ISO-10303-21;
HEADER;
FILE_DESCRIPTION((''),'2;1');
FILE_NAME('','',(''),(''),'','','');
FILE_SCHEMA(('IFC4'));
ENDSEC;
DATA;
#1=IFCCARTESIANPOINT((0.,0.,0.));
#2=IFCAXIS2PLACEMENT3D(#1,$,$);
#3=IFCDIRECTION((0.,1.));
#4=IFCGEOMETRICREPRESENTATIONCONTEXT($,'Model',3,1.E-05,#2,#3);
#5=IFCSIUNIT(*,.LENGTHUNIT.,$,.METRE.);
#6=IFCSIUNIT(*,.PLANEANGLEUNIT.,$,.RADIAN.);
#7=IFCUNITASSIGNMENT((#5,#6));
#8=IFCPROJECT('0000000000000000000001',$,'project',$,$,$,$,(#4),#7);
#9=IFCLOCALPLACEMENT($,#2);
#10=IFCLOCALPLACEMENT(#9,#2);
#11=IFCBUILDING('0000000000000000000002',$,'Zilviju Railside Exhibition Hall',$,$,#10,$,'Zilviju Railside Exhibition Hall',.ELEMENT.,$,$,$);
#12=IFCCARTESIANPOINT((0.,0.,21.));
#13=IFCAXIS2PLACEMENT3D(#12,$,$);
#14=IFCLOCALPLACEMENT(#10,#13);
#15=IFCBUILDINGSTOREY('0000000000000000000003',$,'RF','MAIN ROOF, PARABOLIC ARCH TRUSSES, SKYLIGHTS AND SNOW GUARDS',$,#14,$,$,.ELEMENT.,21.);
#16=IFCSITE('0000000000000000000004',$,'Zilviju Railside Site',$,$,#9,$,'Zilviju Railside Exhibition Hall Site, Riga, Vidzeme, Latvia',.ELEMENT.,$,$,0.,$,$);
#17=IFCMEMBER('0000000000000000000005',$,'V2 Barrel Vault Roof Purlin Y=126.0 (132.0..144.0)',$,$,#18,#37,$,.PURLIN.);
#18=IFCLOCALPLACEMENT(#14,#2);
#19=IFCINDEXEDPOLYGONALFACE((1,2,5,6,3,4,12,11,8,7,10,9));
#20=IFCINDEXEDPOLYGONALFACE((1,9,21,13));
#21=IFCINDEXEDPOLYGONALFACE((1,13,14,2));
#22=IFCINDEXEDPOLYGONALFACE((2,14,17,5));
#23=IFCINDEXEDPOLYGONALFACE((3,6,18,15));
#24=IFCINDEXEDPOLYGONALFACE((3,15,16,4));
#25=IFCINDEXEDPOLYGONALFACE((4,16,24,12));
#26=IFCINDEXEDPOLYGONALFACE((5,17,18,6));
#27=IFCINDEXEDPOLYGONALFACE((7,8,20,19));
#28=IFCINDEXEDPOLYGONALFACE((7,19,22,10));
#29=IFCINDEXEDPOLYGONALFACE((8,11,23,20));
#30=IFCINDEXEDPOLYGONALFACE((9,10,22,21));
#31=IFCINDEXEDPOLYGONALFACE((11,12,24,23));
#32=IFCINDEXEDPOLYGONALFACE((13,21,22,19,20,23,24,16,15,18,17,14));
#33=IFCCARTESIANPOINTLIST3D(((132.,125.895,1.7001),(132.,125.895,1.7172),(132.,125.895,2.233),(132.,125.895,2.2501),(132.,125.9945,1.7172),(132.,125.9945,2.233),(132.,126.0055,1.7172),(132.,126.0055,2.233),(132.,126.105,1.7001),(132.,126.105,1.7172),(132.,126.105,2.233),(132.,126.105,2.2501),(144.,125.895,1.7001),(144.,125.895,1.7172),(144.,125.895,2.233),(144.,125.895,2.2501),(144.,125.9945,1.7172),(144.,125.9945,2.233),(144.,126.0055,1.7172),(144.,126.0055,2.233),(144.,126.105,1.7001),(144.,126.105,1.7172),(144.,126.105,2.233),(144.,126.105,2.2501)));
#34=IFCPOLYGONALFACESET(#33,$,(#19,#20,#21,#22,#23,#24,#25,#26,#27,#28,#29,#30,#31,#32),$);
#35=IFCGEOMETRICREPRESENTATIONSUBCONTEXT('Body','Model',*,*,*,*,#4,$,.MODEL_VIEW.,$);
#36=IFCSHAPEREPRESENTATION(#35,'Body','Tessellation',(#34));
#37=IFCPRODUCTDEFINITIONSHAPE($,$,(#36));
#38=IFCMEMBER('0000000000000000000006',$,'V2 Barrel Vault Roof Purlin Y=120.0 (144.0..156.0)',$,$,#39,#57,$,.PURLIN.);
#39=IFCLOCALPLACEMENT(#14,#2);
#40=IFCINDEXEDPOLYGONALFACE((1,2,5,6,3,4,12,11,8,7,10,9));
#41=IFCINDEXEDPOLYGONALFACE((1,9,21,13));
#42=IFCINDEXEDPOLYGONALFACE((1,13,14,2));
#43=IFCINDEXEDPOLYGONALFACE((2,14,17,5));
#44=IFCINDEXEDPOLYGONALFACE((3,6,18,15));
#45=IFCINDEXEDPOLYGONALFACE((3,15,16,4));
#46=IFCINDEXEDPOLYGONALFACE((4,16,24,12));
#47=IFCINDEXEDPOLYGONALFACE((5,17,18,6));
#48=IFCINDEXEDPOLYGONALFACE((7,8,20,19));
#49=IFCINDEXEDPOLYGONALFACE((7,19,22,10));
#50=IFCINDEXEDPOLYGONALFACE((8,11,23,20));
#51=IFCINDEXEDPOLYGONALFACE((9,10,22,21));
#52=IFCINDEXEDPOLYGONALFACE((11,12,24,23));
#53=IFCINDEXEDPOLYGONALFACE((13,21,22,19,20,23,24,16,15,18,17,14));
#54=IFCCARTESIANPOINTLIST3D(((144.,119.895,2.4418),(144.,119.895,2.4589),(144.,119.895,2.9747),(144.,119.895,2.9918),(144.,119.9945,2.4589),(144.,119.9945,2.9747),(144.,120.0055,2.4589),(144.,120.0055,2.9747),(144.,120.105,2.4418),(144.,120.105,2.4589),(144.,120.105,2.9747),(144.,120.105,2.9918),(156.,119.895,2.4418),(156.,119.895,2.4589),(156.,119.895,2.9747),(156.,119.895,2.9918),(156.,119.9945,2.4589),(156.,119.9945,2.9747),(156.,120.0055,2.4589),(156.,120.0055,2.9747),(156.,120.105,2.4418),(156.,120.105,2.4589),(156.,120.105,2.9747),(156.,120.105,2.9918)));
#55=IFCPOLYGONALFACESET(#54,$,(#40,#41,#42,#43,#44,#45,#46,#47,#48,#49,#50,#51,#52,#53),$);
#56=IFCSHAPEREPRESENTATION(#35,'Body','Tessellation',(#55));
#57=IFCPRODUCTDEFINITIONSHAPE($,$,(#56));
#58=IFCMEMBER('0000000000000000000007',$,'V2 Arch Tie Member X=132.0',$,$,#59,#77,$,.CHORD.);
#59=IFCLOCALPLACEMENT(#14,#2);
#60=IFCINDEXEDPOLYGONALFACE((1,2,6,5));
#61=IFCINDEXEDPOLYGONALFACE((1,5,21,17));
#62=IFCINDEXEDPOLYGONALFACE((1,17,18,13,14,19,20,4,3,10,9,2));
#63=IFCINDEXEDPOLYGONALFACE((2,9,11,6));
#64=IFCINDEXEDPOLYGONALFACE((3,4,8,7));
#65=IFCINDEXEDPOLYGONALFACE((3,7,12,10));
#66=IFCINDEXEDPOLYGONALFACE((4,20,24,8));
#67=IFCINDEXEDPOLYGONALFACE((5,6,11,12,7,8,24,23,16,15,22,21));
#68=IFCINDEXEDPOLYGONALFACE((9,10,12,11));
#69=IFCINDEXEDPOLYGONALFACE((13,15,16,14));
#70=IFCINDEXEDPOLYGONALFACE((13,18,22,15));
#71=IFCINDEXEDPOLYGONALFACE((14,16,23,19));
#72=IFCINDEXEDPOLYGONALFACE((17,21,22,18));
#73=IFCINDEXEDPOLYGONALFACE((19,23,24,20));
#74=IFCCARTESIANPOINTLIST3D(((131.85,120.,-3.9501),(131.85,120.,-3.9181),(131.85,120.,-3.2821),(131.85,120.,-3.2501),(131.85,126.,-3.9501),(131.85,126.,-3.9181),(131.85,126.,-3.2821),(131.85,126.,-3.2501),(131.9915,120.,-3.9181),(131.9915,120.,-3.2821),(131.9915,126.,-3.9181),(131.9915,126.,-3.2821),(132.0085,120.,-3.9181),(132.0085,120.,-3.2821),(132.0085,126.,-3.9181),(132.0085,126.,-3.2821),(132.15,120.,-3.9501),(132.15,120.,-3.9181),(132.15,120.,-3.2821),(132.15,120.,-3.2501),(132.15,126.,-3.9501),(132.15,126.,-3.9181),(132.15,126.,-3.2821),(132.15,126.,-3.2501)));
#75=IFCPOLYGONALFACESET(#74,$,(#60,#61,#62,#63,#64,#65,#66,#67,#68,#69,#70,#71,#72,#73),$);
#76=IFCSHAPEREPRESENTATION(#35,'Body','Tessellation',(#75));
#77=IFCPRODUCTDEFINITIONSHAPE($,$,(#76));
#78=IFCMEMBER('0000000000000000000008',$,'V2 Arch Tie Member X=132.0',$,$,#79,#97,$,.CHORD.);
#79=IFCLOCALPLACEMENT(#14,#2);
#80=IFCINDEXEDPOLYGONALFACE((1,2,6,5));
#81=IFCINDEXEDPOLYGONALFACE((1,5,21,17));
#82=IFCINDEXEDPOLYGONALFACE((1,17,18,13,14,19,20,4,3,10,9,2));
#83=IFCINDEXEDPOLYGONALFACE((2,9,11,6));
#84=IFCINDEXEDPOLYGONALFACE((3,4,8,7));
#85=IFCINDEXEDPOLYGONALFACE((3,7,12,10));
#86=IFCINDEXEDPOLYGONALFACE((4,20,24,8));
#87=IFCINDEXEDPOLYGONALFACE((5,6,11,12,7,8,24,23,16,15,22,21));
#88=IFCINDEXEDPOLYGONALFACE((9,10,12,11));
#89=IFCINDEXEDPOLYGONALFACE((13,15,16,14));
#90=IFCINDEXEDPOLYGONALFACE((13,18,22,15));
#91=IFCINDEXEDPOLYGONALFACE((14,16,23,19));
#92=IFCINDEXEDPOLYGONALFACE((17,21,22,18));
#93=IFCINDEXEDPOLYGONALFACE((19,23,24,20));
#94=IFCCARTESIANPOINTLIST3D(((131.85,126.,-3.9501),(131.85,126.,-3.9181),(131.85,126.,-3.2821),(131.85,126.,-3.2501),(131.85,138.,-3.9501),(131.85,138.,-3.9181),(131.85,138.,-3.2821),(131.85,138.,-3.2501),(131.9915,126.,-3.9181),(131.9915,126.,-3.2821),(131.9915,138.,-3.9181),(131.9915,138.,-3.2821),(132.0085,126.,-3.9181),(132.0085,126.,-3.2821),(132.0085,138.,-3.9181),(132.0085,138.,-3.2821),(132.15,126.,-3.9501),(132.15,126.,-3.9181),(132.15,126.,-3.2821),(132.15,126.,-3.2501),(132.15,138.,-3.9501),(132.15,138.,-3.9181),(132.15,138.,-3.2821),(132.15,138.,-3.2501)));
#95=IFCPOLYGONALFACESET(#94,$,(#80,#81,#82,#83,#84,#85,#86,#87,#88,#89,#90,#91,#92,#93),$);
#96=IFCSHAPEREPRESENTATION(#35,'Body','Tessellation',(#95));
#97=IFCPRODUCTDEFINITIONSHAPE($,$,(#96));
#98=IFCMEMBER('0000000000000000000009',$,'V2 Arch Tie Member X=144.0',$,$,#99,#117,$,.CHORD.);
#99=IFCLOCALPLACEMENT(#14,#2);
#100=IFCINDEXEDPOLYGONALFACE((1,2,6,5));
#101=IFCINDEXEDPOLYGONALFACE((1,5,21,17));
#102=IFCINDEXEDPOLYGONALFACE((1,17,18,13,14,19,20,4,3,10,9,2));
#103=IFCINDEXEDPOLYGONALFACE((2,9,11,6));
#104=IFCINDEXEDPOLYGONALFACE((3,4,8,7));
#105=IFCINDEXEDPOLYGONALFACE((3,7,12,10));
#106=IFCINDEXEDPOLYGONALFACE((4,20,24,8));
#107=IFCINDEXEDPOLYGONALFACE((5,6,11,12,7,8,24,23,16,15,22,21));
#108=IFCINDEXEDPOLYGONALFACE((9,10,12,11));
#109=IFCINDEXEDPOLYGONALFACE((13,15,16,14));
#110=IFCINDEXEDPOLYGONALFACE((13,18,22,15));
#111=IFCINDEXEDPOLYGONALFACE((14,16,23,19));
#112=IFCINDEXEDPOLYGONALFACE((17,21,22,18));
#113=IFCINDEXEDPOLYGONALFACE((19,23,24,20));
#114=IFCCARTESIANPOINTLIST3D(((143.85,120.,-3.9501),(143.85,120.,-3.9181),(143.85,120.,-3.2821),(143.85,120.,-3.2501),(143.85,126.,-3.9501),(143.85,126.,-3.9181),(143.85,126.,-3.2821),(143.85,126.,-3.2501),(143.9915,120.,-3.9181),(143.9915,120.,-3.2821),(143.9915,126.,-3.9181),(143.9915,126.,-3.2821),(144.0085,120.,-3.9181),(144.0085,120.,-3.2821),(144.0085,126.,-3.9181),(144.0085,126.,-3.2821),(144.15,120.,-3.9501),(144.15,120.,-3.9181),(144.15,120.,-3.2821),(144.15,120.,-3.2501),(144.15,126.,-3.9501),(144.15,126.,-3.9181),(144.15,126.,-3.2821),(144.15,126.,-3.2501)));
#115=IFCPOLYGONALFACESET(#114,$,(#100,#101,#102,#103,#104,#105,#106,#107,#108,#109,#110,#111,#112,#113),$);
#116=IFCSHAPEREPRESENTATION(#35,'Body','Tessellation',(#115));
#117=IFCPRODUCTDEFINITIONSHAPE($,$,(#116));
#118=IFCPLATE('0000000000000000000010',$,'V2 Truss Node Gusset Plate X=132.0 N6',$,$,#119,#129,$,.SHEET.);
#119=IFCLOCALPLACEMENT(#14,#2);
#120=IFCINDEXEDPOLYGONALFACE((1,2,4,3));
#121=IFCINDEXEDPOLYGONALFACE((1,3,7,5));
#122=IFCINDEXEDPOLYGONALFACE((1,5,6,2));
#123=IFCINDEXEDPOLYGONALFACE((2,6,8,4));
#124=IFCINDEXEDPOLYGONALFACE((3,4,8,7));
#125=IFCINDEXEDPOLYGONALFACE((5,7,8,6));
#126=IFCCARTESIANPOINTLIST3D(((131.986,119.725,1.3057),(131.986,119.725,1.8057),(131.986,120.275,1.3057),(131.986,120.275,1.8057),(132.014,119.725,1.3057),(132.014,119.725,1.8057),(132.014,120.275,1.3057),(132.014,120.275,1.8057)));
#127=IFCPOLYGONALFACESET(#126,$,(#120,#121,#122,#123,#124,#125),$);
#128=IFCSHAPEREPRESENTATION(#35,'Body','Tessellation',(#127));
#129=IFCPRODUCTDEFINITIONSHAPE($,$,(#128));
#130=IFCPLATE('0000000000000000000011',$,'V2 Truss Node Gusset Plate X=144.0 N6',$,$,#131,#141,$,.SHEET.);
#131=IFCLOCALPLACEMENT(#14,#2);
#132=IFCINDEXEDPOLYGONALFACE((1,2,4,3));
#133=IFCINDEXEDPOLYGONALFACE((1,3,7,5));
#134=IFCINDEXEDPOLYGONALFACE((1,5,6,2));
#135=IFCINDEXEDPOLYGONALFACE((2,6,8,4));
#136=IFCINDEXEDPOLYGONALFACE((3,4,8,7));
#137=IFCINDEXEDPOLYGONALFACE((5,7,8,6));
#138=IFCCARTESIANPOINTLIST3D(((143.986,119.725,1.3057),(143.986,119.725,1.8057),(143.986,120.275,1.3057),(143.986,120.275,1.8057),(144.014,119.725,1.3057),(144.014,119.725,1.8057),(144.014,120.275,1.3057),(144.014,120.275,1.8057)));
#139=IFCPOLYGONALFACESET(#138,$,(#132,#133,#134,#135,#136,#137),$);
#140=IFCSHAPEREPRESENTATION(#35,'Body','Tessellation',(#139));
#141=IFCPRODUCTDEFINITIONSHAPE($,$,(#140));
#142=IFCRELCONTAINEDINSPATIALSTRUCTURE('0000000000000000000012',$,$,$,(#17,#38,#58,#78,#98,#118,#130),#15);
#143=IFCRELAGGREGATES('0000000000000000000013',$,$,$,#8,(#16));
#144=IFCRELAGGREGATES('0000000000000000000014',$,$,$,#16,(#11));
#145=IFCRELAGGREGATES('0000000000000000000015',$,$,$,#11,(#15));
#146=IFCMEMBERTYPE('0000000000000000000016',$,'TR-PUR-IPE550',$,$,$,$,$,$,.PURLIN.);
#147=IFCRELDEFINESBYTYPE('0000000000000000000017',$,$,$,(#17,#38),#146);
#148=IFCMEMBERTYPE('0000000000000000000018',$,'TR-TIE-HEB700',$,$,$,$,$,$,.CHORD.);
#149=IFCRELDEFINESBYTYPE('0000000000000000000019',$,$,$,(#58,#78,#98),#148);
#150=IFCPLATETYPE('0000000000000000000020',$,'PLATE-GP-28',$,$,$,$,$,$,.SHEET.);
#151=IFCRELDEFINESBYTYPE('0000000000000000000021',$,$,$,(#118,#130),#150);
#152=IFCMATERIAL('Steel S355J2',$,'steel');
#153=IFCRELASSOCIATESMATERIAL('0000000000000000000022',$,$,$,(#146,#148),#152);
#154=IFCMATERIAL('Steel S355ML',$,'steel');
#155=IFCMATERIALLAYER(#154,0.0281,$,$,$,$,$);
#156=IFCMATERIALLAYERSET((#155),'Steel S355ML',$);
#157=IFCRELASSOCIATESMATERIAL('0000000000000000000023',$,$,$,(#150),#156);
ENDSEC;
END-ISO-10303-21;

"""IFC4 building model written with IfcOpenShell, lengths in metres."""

from ifc_helpers import new_model, si_unit, direction, frame, origin, origin_2d, place, context, subcontext, project, spatial, rectangle, i_section, extrude, material, layer, layer_set, material_profile, profile_set, type_object, element, save


model = new_model("IFC4")

# Units and contexts
model_context = context("Model", 3, precision=1e-05, world=origin(), true_north=direction((0.0, 1.0)))
body_context = subcontext(model_context, "Body", "Model", "MODEL_VIEW")
ifc_project = project(units=[si_unit("LENGTHUNIT", "METRE"), si_unit("PLANEANGLEUNIT", "RADIAN")], contexts=[model_context])

# Site, building, storey
site_placement = place(None, origin())
site = spatial("IfcSite", under=ifc_project, at=site_placement, Name="Zilviju Railside Site", LongName="Zilviju Railside Exhibition Hall Site, Riga, Vidzeme, Latvia", CompositionType="ELEMENT", RefElevation=0.0)
building_placement = place(site_placement, origin())
building = spatial("IfcBuilding", under=site, at=building_placement, Name="Zilviju Railside Exhibition Hall", LongName="Zilviju Railside Exhibition Hall", CompositionType="ELEMENT")
storey_placement = place(building_placement, frame((0.0, 0.0, 21.0)))
storey = spatial("IfcBuildingStorey", under=building, at=storey_placement, Name="RF", Description="MAIN ROOF, PARABOLIC ARCH TRUSSES, SKYLIGHTS AND SNOW GUARDS", CompositionType="ELEMENT", Elevation=21.0)

# Members
ifc_material_1 = material(Name="Steel S355J2", Category="steel")
ifc_material_profile_1 = material_profile(ifc_material_1, i_section(OverallWidth=0.21, OverallDepth=0.55, WebThickness=0.011, FlangeThickness=0.0171, at=origin_2d()), Name="IPE 550")
ifc_profile_set_1 = profile_set([ifc_material_profile_1], Name="Steel S355J2")
member_type_1 = type_object("IfcMemberType", Name="TR-PUR-IPE550", PredefinedType="PURLIN", material=ifc_profile_set_1)
for number, where, z_axis, x_axis, name in (
    (1, (132.0, 126.0, 1.9751), (1.0, 0.0, 0.0), (0.0, 1.0, 0.0), "V2 Barrel Vault Roof Purlin Y=126.0 (132.0..144.0)"),
    (2, (144.0, 120.0, 2.7168), (1.0, 0.0, 0.0), (0.0, 1.0, 0.0), "V2 Barrel Vault Roof Purlin Y=120.0 (144.0..156.0)"),
):
    element("IfcMember", number, at=place(storey_placement, frame(where, z_axis=z_axis, x_axis=x_axis)), inside=storey, type_object=member_type_1, Name=name, PredefinedType="PURLIN", context=body_context, shape_type="SweptSolid", body=[
        extrude(i_section(OverallWidth=0.21, OverallDepth=0.55, WebThickness=0.011, FlangeThickness=0.0171, at=origin_2d()), origin(), (0.0, 0.0, 1.0), 12.0),
    ])
ifc_material_profile_2 = material_profile(ifc_material_1, i_section(OverallWidth=0.3, OverallDepth=0.7, WebThickness=0.0171, FlangeThickness=0.032, at=origin_2d()), Name="HEB 700")
ifc_profile_set_2 = profile_set([ifc_material_profile_2], Name="Steel S355J2")
member_type_2 = type_object("IfcMemberType", Name="TR-TIE-HEB700", PredefinedType="CHORD", material=ifc_profile_set_2)
member_1_placement = place(storey_placement, frame((132.0, 120.0, -3.6001), z_axis=(0.0, 1.0, 0.0), x_axis=(-1.0, 0.0, 0.0)))
element("IfcMember", 3, at=member_1_placement, inside=storey, type_object=member_type_2, Name="V2 Arch Tie Member X=132.0", PredefinedType="CHORD", context=body_context, shape_type="SweptSolid", body=[
    extrude(i_section(OverallWidth=0.3, OverallDepth=0.7, WebThickness=0.0171, FlangeThickness=0.032, at=origin_2d()), origin(), (0.0, 0.0, 1.0), 6.0),
])
member_2_placement = place(storey_placement, frame((132.0, 126.0, -3.6001), z_axis=(0.0, 1.0, 0.0), x_axis=(-1.0, 0.0, 0.0)))
element("IfcMember", 4, at=member_2_placement, inside=storey, type_object=member_type_2, Name="V2 Arch Tie Member X=132.0", PredefinedType="CHORD", context=body_context, shape_type="SweptSolid", body=[
    extrude(i_section(OverallWidth=0.3, OverallDepth=0.7, WebThickness=0.0171, FlangeThickness=0.032, at=origin_2d()), origin(), (0.0, 0.0, 1.0), 12.0),
])
member_3_placement = place(storey_placement, frame((144.0, 120.0, -3.6001), z_axis=(0.0, 1.0, 0.0), x_axis=(-1.0, 0.0, 0.0)))
element("IfcMember", 5, at=member_3_placement, inside=storey, type_object=member_type_2, Name="V2 Arch Tie Member X=144.0", PredefinedType="CHORD", context=body_context, shape_type="SweptSolid", body=[
    extrude(i_section(OverallWidth=0.3, OverallDepth=0.7, WebThickness=0.0171, FlangeThickness=0.032, at=origin_2d()), origin(), (0.0, 0.0, 1.0), 6.0),
])

# Plates
ifc_material_2 = material(Name="Steel S355ML", Category="steel")
ifc_layer = layer(ifc_material_2, 0.0281)
ifc_layer_set = layer_set([ifc_layer], Name="Steel S355ML")
plate_type = type_object("IfcPlateType", Name="PLATE-GP-28", PredefinedType="SHEET", material=ifc_layer_set)
for number, where, z_axis, x_axis, name in (
    (6, (132.0, 120.0, 1.3057), (0.0, 0.0, 1.0), (1.0, 0.0, 0.0), "V2 Truss Node Gusset Plate X=132.0 N6"),
    (7, (144.0, 120.0, 1.3057), (0.0, 0.0, 1.0), (1.0, 0.0, 0.0), "V2 Truss Node Gusset Plate X=144.0 N6"),
):
    element("IfcPlate", number, at=place(storey_placement, frame(where, z_axis=z_axis, x_axis=x_axis)), inside=storey, type_object=plate_type, Name=name, PredefinedType="SHEET", context=body_context, shape_type="SweptSolid", body=[
        extrude(rectangle(XDim=0.0281, YDim=0.55, at=origin_2d()), origin(), (0.0, 0.0, 1.0), 0.5),
    ])

save(model, "model.ifc")
